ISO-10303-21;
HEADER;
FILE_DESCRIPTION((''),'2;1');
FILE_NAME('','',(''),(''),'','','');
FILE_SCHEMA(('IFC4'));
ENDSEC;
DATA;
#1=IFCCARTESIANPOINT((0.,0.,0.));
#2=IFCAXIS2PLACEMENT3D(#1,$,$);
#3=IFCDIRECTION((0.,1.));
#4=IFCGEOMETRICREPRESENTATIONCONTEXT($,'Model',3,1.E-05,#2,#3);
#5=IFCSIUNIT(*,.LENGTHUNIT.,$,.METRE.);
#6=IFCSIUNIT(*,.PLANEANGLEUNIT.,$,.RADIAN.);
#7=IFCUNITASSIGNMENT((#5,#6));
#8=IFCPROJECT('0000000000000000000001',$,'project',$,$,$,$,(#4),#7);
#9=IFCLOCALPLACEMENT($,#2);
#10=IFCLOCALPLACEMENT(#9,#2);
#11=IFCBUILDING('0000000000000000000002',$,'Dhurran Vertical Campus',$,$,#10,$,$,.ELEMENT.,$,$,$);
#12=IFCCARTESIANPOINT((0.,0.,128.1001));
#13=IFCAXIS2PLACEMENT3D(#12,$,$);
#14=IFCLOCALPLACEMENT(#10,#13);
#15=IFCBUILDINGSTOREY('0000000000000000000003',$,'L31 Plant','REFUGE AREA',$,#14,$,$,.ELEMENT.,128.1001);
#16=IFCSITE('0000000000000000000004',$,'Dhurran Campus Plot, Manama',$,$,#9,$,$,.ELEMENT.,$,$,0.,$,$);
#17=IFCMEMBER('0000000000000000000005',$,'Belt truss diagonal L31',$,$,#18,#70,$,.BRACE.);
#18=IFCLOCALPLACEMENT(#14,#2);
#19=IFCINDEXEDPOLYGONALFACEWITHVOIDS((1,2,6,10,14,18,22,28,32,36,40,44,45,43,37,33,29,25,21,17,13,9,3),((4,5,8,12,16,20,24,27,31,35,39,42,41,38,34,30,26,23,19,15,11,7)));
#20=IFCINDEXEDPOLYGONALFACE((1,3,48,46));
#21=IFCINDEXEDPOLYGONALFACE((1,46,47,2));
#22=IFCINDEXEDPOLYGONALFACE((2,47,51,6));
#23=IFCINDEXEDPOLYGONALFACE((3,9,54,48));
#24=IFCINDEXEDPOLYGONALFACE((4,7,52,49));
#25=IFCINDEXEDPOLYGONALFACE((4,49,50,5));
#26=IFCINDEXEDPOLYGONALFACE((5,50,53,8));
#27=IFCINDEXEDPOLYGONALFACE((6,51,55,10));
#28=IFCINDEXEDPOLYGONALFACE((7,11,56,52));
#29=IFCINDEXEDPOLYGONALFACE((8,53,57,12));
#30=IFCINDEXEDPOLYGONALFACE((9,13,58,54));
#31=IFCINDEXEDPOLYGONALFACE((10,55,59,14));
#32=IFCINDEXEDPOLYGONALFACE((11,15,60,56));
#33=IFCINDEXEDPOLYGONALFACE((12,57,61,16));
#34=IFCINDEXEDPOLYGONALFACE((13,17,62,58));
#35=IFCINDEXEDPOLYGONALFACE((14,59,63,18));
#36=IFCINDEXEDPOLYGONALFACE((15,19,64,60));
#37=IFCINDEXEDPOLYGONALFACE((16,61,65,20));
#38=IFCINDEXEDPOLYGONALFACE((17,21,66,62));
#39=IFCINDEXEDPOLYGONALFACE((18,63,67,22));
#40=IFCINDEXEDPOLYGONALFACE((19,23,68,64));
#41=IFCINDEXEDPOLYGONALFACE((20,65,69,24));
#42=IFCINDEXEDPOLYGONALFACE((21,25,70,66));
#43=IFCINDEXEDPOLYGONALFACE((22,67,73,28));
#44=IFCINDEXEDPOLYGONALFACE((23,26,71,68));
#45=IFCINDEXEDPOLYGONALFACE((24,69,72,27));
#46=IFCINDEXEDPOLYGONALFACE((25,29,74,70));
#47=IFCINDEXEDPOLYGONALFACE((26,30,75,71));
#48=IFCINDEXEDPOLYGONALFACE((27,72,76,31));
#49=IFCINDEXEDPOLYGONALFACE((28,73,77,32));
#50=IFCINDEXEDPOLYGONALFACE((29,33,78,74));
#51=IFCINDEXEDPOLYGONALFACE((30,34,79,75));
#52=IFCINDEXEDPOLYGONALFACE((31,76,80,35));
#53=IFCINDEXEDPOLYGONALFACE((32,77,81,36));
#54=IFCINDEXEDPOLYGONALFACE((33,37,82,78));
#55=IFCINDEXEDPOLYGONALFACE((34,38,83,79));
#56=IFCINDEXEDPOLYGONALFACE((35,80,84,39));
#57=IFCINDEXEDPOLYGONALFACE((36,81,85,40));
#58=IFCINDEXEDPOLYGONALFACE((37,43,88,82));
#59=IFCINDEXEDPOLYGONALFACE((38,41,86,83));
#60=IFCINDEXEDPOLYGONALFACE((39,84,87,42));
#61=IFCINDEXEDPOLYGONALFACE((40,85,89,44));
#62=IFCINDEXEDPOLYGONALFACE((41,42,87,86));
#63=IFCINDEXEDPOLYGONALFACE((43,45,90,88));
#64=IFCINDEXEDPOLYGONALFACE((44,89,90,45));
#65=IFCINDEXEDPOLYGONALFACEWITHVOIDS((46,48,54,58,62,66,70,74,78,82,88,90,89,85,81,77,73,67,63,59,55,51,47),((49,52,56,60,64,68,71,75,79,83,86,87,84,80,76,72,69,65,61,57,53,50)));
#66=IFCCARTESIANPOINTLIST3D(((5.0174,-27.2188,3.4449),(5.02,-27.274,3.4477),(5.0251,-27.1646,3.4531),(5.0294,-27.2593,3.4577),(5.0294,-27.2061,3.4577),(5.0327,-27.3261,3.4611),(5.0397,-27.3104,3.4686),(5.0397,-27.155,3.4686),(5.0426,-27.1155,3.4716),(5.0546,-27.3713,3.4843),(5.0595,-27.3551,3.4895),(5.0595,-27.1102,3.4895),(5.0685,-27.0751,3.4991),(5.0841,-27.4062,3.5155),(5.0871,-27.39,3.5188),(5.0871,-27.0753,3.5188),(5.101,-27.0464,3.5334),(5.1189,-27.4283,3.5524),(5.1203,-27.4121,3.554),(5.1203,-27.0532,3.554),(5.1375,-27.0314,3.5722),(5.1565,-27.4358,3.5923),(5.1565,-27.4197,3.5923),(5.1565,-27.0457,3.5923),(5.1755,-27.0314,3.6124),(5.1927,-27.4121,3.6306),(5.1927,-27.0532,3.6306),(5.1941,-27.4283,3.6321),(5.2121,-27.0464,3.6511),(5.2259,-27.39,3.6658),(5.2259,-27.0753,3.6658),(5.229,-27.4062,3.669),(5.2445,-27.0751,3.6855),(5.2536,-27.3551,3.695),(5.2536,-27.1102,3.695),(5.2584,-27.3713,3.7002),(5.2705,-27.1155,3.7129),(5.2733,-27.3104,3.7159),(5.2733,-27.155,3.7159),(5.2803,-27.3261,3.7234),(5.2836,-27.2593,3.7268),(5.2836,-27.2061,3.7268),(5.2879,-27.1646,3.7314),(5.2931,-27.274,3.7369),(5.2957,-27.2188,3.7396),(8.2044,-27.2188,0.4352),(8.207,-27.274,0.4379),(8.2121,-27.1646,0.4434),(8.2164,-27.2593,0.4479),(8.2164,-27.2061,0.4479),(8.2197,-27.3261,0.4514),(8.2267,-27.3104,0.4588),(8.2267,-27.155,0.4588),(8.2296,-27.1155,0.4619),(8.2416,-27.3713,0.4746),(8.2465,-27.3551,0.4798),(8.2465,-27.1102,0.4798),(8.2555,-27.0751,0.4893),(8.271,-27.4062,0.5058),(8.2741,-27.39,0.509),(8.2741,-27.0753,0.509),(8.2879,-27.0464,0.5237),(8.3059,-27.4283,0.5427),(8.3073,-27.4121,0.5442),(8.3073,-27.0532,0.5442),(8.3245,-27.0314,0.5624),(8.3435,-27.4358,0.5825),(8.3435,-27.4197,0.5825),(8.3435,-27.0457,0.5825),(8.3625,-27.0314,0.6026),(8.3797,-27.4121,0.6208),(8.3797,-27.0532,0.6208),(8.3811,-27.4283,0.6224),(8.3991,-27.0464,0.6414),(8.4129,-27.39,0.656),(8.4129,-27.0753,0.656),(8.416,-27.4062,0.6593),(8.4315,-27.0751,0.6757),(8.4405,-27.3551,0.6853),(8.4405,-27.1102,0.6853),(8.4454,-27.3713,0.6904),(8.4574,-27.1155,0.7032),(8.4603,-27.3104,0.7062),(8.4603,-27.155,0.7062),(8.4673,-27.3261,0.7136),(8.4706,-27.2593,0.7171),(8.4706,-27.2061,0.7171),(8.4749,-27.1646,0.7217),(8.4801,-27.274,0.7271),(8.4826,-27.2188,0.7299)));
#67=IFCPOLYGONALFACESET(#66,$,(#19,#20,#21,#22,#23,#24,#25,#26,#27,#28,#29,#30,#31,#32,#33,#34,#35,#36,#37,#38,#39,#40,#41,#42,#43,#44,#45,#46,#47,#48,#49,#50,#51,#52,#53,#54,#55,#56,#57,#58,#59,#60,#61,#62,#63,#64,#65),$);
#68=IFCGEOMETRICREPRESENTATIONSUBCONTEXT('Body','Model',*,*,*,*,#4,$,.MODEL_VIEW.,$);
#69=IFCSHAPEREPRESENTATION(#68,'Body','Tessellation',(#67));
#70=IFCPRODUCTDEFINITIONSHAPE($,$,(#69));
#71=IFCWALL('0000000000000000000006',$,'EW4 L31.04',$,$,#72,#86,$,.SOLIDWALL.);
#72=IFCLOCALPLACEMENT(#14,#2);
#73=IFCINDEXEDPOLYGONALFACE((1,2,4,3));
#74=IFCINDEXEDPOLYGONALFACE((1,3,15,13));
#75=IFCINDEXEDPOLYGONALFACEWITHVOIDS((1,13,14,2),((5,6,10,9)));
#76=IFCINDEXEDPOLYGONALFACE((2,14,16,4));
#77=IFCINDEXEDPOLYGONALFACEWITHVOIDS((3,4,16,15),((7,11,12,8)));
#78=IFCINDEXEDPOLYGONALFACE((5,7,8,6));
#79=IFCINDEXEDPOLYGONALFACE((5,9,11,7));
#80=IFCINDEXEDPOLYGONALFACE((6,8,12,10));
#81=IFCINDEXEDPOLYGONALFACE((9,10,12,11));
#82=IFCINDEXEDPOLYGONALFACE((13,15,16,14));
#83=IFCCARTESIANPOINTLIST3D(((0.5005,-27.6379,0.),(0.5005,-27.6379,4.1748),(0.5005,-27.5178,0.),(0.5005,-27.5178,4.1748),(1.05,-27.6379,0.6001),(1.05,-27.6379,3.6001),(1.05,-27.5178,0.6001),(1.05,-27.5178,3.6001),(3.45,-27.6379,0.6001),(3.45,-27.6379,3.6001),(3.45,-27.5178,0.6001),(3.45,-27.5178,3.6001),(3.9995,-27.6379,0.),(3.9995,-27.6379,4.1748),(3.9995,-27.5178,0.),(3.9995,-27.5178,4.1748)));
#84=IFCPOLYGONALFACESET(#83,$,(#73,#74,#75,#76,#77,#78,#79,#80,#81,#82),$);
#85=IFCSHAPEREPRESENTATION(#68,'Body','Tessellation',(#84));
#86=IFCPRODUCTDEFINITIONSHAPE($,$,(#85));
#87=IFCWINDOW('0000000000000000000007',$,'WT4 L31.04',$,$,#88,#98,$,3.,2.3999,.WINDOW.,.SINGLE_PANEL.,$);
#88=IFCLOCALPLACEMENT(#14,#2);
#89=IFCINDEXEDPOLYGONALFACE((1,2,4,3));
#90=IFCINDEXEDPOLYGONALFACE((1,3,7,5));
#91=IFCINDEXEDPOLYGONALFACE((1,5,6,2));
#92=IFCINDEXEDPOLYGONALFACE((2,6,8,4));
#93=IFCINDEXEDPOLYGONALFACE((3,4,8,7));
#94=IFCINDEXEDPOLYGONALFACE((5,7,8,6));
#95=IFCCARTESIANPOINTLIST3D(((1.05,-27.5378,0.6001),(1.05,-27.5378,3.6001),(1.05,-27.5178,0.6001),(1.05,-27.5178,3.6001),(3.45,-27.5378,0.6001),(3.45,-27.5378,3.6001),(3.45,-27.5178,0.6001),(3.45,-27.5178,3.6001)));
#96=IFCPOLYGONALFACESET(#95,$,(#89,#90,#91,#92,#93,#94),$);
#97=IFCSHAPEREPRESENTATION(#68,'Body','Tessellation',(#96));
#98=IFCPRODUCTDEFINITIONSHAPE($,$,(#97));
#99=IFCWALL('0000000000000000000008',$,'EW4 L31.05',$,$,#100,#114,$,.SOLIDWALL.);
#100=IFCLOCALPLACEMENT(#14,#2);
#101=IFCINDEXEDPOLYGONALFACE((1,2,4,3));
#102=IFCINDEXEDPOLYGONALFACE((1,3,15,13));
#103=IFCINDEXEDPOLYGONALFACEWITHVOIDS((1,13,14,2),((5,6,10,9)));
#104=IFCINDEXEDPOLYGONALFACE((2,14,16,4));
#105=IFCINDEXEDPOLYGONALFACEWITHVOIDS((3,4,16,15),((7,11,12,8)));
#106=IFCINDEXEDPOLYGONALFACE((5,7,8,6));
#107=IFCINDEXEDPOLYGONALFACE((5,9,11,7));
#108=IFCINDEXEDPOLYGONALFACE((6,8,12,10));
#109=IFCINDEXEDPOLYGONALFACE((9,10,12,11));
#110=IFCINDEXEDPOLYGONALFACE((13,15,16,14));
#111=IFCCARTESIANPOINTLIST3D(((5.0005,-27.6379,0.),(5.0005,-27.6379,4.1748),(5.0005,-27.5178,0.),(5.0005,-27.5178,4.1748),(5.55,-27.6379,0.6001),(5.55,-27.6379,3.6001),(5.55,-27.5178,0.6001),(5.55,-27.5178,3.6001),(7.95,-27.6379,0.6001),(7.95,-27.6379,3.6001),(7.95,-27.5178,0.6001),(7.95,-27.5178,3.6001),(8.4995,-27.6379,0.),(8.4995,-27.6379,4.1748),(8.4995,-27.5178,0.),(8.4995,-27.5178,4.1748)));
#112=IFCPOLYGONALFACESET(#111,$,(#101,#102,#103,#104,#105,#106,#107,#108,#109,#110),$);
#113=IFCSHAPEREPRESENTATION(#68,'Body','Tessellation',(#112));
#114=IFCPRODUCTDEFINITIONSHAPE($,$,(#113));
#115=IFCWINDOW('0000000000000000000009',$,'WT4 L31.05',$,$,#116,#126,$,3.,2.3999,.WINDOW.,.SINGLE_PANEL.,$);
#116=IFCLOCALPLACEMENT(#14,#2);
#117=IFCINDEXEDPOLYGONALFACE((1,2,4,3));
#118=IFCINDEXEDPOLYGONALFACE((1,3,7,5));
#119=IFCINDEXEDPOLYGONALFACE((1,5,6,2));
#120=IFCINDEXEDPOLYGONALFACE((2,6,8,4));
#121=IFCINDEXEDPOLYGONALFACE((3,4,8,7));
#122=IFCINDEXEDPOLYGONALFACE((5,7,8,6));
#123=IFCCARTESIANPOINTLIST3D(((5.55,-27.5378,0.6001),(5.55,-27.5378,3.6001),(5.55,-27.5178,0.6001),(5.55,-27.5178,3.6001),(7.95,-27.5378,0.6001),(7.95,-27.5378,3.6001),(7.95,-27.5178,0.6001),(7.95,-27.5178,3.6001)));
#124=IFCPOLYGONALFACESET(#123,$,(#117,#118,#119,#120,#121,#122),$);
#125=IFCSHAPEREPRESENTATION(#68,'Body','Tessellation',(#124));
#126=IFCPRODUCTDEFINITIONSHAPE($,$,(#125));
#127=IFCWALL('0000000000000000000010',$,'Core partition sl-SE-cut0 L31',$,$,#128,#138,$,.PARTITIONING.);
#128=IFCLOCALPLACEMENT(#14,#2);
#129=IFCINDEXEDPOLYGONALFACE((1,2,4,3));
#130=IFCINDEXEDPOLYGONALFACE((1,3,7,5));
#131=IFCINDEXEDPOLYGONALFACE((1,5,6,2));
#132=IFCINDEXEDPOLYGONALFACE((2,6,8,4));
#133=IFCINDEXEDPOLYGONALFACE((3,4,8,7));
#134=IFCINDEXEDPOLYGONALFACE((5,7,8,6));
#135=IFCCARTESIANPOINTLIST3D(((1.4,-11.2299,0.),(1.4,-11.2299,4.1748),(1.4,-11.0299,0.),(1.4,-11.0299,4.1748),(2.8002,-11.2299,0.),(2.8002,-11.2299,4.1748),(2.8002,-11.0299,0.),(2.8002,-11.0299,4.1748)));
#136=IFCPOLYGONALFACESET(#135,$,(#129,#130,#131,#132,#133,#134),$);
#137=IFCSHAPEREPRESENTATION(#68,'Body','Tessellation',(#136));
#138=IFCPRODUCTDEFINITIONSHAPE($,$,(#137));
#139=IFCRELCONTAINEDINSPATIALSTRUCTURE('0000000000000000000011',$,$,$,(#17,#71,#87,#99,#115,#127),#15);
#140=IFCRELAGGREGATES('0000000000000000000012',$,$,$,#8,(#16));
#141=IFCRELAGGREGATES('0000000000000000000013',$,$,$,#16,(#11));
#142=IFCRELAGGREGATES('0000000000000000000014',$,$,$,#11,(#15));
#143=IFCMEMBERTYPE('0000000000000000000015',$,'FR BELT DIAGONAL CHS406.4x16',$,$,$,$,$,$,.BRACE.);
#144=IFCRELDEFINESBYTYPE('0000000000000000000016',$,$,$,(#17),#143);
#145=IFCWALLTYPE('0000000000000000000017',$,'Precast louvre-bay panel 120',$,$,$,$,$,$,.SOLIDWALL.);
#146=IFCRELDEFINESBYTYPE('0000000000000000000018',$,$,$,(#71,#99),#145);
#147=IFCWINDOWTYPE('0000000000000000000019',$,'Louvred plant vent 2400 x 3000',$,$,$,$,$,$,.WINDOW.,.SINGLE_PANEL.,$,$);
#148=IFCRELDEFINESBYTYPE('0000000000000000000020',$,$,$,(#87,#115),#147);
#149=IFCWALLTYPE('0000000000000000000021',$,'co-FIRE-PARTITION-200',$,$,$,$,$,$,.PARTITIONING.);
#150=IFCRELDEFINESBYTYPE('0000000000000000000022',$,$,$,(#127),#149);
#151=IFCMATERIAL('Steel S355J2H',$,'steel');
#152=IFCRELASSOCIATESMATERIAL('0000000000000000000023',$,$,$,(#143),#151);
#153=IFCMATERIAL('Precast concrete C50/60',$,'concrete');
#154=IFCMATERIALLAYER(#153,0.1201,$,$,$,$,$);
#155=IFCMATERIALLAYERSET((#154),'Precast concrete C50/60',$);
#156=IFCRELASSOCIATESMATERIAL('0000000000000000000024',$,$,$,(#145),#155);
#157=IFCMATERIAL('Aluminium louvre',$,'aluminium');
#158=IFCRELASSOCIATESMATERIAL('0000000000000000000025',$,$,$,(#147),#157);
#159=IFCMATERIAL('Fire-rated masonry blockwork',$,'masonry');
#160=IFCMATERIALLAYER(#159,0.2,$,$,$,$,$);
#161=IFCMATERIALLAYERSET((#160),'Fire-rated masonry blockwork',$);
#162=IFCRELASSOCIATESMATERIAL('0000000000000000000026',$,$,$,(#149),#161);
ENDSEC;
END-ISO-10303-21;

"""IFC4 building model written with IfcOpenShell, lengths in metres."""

from ifc_helpers import new_model, si_unit, direction, frame, frame_2d, origin, origin_2d, place, context, subcontext, project, spatial, rectangle, hollow_circle, extrude, material, layer, layer_set, material_profile, profile_set, type_object, element, fill, save


model = new_model("IFC4")

# Units and contexts
model_context = context("Model", 3, precision=1e-05, world=origin(), true_north=direction((0.0, 1.0)))
body_context = subcontext(model_context, "Body", "Model", "MODEL_VIEW")
ifc_project = project(units=[si_unit("LENGTHUNIT", "METRE"), si_unit("PLANEANGLEUNIT", "RADIAN")], contexts=[model_context])

# Site, building, storey
site_placement = place(None, origin())
site = spatial("IfcSite", under=ifc_project, at=site_placement, Name="Dhurran Campus Plot, Manama", CompositionType="ELEMENT", RefElevation=0.0)
building_placement = place(site_placement, origin())
building = spatial("IfcBuilding", under=site, at=building_placement, Name="Dhurran Vertical Campus", CompositionType="ELEMENT")
storey_placement = place(building_placement, frame((0.0, 0.0, 128.1001)))
storey = spatial("IfcBuildingStorey", under=building, at=storey_placement, Name="L31 Plant", Description="REFUGE AREA", CompositionType="ELEMENT", Elevation=128.1001)

# Member
ifc_material_1 = material(Name="Steel S355J2H", Category="steel")
ifc_material_profile_1 = material_profile(ifc_material_1, hollow_circle(Radius=0.2031, WallThickness=0.0161, at=origin_2d()), Name="CHS406.4x16")
ifc_profile_set_1 = profile_set([ifc_material_profile_1], Name="Steel S355J2H")
member_type = type_object("IfcMemberType", Name="FR BELT DIAGONAL CHS406.4x16", PredefinedType="BRACE", material=ifc_profile_set_1)
for number, where, z_axis, x_axis, name in (
    (1, (8.3435, -27.2327, 0.5825), (-0.727035, 0.0, 0.686601), (0.0, -1.0, 0.0), "Belt truss diagonal L31"),
):
    element("IfcMember", number, at=place(storey_placement, frame(where, z_axis=z_axis, x_axis=x_axis)), inside=storey, type_object=member_type, Name=name, PredefinedType="BRACE", context=body_context, shape_type="SweptSolid", body=[
        extrude(hollow_circle(Radius=0.2031, WallThickness=0.0161, at=origin_2d()), origin(), (0.0, 0.0, 1.0), 4.3835),
    ])

# Walls, openings, windows
ifc_material_2 = material(Name="Precast concrete C50/60", Category="concrete")
ifc_layer_1 = layer(ifc_material_2, 0.1201)
ifc_layer_set_1 = layer_set([ifc_layer_1], Name="Precast concrete C50/60")
wall_type_1 = type_object("IfcWallType", Name="Precast louvre-bay panel 120", PredefinedType="SOLIDWALL", material=ifc_layer_set_1)
wall_1_placement = place(storey_placement, frame((0.5005, -27.5779, 0.0), z_axis=(0.0, 0.0, 1.0), x_axis=(1.0, 0.0, 0.0)))
wall_1 = element("IfcWall", 2, at=wall_1_placement, inside=storey, type_object=wall_type_1, Name="EW4 L31.04", PredefinedType="SOLIDWALL", context=body_context, shape_type="SweptSolid", body=[
    extrude(rectangle(XDim=3.499, YDim=0.1201, at=frame_2d((1.7495, 0.0))), origin(), (0.0, 0.0, 1.0), 4.1748),
])
opening_1_placement = place(wall_1_placement, frame((0.5496, 0.0, 0.6001)))
opening_1 = element("IfcOpeningElement", 3, at=opening_1_placement, cuts=wall_1, PredefinedType="OPENING", context=body_context, shape_type="SweptSolid", body=[
    extrude(rectangle(XDim=2.3999, YDim=3.0, at=frame_2d((1.2, 1.5))), frame((0.0, 0.0701, 0.0), z_axis=(0.0, -1.0, 0.0), x_axis=(1.0, 0.0, 0.0)), (0.0, 0.0, 1.0), 0.1401),
])
ifc_material_3 = material(Name="Aluminium louvre", Category="aluminium")
window_type = type_object("IfcWindowType", Name="Louvred plant vent 2400 x 3000", PartitioningType="SINGLE_PANEL", PredefinedType="WINDOW", material=ifc_material_3)
window_1_placement = place(opening_1_placement, origin())
window_1 = element("IfcWindow", 4, at=window_1_placement, inside=storey, type_object=window_type, Name="WT4 L31.04", OverallHeight=3.0, OverallWidth=2.3999, PartitioningType="SINGLE_PANEL", PredefinedType="WINDOW", context=body_context, shape_type="SweptSolid", body=[
    extrude(rectangle(XDim=2.3999, YDim=3.0, at=frame_2d((1.2, 1.5))), frame((0.0, 0.0601, 0.0), z_axis=(0.0, -1.0, 0.0), x_axis=(1.0, 0.0, 0.0)), (0.0, 0.0, 1.0), 0.02),
])
fill(opening_1, window_1)
wall_2_placement = place(storey_placement, frame((5.0005, -27.5779, 0.0), z_axis=(0.0, 0.0, 1.0), x_axis=(1.0, 0.0, 0.0)))
wall_2 = element("IfcWall", 5, at=wall_2_placement, inside=storey, type_object=wall_type_1, Name="EW4 L31.05", PredefinedType="SOLIDWALL", context=body_context, shape_type="SweptSolid", body=[
    extrude(rectangle(XDim=3.499, YDim=0.1201, at=frame_2d((1.7495, 0.0))), origin(), (0.0, 0.0, 1.0), 4.1748),
])
opening_2_placement = place(wall_2_placement, frame((0.5496, 0.0, 0.6001)))
opening_2 = element("IfcOpeningElement", 6, at=opening_2_placement, cuts=wall_2, PredefinedType="OPENING", context=body_context, shape_type="SweptSolid", body=[
    extrude(rectangle(XDim=2.3999, YDim=3.0, at=frame_2d((1.2, 1.5))), frame((0.0, 0.0701, 0.0), z_axis=(0.0, -1.0, 0.0), x_axis=(1.0, 0.0, 0.0)), (0.0, 0.0, 1.0), 0.1401),
])
window_2_placement = place(opening_2_placement, origin())
window_2 = element("IfcWindow", 7, at=window_2_placement, inside=storey, type_object=window_type, Name="WT4 L31.05", OverallHeight=3.0, OverallWidth=2.3999, PartitioningType="SINGLE_PANEL", PredefinedType="WINDOW", context=body_context, shape_type="SweptSolid", body=[
    extrude(rectangle(XDim=2.3999, YDim=3.0, at=frame_2d((1.2, 1.5))), frame((0.0, 0.0601, 0.0), z_axis=(0.0, -1.0, 0.0), x_axis=(1.0, 0.0, 0.0)), (0.0, 0.0, 1.0), 0.02),
])
fill(opening_2, window_2)

# Wall
ifc_material_4 = material(Name="Fire-rated masonry blockwork", Category="masonry")
ifc_layer_2 = layer(ifc_material_4, 0.2)
ifc_layer_set_2 = layer_set([ifc_layer_2], Name="Fire-rated masonry blockwork")
wall_type_2 = type_object("IfcWallType", Name="co-FIRE-PARTITION-200", PredefinedType="PARTITIONING", material=ifc_layer_set_2)
wall_3_placement = place(storey_placement, frame((1.3999, -11.1299, 0.0), z_axis=(0.0, 0.0, 1.0), x_axis=(1.0, 0.0, 0.0)))
element("IfcWall", 8, at=wall_3_placement, inside=storey, type_object=wall_type_2, Name="Core partition sl-SE-cut0 L31", PredefinedType="PARTITIONING", context=body_context, shape_type="SweptSolid", body=[
    extrude(rectangle(XDim=1.4001, YDim=0.2, at=frame_2d((0.7002, 0.0))), origin(), (0.0, 0.0, 1.0), 4.1748),
])

save(model, "model.ifc")
